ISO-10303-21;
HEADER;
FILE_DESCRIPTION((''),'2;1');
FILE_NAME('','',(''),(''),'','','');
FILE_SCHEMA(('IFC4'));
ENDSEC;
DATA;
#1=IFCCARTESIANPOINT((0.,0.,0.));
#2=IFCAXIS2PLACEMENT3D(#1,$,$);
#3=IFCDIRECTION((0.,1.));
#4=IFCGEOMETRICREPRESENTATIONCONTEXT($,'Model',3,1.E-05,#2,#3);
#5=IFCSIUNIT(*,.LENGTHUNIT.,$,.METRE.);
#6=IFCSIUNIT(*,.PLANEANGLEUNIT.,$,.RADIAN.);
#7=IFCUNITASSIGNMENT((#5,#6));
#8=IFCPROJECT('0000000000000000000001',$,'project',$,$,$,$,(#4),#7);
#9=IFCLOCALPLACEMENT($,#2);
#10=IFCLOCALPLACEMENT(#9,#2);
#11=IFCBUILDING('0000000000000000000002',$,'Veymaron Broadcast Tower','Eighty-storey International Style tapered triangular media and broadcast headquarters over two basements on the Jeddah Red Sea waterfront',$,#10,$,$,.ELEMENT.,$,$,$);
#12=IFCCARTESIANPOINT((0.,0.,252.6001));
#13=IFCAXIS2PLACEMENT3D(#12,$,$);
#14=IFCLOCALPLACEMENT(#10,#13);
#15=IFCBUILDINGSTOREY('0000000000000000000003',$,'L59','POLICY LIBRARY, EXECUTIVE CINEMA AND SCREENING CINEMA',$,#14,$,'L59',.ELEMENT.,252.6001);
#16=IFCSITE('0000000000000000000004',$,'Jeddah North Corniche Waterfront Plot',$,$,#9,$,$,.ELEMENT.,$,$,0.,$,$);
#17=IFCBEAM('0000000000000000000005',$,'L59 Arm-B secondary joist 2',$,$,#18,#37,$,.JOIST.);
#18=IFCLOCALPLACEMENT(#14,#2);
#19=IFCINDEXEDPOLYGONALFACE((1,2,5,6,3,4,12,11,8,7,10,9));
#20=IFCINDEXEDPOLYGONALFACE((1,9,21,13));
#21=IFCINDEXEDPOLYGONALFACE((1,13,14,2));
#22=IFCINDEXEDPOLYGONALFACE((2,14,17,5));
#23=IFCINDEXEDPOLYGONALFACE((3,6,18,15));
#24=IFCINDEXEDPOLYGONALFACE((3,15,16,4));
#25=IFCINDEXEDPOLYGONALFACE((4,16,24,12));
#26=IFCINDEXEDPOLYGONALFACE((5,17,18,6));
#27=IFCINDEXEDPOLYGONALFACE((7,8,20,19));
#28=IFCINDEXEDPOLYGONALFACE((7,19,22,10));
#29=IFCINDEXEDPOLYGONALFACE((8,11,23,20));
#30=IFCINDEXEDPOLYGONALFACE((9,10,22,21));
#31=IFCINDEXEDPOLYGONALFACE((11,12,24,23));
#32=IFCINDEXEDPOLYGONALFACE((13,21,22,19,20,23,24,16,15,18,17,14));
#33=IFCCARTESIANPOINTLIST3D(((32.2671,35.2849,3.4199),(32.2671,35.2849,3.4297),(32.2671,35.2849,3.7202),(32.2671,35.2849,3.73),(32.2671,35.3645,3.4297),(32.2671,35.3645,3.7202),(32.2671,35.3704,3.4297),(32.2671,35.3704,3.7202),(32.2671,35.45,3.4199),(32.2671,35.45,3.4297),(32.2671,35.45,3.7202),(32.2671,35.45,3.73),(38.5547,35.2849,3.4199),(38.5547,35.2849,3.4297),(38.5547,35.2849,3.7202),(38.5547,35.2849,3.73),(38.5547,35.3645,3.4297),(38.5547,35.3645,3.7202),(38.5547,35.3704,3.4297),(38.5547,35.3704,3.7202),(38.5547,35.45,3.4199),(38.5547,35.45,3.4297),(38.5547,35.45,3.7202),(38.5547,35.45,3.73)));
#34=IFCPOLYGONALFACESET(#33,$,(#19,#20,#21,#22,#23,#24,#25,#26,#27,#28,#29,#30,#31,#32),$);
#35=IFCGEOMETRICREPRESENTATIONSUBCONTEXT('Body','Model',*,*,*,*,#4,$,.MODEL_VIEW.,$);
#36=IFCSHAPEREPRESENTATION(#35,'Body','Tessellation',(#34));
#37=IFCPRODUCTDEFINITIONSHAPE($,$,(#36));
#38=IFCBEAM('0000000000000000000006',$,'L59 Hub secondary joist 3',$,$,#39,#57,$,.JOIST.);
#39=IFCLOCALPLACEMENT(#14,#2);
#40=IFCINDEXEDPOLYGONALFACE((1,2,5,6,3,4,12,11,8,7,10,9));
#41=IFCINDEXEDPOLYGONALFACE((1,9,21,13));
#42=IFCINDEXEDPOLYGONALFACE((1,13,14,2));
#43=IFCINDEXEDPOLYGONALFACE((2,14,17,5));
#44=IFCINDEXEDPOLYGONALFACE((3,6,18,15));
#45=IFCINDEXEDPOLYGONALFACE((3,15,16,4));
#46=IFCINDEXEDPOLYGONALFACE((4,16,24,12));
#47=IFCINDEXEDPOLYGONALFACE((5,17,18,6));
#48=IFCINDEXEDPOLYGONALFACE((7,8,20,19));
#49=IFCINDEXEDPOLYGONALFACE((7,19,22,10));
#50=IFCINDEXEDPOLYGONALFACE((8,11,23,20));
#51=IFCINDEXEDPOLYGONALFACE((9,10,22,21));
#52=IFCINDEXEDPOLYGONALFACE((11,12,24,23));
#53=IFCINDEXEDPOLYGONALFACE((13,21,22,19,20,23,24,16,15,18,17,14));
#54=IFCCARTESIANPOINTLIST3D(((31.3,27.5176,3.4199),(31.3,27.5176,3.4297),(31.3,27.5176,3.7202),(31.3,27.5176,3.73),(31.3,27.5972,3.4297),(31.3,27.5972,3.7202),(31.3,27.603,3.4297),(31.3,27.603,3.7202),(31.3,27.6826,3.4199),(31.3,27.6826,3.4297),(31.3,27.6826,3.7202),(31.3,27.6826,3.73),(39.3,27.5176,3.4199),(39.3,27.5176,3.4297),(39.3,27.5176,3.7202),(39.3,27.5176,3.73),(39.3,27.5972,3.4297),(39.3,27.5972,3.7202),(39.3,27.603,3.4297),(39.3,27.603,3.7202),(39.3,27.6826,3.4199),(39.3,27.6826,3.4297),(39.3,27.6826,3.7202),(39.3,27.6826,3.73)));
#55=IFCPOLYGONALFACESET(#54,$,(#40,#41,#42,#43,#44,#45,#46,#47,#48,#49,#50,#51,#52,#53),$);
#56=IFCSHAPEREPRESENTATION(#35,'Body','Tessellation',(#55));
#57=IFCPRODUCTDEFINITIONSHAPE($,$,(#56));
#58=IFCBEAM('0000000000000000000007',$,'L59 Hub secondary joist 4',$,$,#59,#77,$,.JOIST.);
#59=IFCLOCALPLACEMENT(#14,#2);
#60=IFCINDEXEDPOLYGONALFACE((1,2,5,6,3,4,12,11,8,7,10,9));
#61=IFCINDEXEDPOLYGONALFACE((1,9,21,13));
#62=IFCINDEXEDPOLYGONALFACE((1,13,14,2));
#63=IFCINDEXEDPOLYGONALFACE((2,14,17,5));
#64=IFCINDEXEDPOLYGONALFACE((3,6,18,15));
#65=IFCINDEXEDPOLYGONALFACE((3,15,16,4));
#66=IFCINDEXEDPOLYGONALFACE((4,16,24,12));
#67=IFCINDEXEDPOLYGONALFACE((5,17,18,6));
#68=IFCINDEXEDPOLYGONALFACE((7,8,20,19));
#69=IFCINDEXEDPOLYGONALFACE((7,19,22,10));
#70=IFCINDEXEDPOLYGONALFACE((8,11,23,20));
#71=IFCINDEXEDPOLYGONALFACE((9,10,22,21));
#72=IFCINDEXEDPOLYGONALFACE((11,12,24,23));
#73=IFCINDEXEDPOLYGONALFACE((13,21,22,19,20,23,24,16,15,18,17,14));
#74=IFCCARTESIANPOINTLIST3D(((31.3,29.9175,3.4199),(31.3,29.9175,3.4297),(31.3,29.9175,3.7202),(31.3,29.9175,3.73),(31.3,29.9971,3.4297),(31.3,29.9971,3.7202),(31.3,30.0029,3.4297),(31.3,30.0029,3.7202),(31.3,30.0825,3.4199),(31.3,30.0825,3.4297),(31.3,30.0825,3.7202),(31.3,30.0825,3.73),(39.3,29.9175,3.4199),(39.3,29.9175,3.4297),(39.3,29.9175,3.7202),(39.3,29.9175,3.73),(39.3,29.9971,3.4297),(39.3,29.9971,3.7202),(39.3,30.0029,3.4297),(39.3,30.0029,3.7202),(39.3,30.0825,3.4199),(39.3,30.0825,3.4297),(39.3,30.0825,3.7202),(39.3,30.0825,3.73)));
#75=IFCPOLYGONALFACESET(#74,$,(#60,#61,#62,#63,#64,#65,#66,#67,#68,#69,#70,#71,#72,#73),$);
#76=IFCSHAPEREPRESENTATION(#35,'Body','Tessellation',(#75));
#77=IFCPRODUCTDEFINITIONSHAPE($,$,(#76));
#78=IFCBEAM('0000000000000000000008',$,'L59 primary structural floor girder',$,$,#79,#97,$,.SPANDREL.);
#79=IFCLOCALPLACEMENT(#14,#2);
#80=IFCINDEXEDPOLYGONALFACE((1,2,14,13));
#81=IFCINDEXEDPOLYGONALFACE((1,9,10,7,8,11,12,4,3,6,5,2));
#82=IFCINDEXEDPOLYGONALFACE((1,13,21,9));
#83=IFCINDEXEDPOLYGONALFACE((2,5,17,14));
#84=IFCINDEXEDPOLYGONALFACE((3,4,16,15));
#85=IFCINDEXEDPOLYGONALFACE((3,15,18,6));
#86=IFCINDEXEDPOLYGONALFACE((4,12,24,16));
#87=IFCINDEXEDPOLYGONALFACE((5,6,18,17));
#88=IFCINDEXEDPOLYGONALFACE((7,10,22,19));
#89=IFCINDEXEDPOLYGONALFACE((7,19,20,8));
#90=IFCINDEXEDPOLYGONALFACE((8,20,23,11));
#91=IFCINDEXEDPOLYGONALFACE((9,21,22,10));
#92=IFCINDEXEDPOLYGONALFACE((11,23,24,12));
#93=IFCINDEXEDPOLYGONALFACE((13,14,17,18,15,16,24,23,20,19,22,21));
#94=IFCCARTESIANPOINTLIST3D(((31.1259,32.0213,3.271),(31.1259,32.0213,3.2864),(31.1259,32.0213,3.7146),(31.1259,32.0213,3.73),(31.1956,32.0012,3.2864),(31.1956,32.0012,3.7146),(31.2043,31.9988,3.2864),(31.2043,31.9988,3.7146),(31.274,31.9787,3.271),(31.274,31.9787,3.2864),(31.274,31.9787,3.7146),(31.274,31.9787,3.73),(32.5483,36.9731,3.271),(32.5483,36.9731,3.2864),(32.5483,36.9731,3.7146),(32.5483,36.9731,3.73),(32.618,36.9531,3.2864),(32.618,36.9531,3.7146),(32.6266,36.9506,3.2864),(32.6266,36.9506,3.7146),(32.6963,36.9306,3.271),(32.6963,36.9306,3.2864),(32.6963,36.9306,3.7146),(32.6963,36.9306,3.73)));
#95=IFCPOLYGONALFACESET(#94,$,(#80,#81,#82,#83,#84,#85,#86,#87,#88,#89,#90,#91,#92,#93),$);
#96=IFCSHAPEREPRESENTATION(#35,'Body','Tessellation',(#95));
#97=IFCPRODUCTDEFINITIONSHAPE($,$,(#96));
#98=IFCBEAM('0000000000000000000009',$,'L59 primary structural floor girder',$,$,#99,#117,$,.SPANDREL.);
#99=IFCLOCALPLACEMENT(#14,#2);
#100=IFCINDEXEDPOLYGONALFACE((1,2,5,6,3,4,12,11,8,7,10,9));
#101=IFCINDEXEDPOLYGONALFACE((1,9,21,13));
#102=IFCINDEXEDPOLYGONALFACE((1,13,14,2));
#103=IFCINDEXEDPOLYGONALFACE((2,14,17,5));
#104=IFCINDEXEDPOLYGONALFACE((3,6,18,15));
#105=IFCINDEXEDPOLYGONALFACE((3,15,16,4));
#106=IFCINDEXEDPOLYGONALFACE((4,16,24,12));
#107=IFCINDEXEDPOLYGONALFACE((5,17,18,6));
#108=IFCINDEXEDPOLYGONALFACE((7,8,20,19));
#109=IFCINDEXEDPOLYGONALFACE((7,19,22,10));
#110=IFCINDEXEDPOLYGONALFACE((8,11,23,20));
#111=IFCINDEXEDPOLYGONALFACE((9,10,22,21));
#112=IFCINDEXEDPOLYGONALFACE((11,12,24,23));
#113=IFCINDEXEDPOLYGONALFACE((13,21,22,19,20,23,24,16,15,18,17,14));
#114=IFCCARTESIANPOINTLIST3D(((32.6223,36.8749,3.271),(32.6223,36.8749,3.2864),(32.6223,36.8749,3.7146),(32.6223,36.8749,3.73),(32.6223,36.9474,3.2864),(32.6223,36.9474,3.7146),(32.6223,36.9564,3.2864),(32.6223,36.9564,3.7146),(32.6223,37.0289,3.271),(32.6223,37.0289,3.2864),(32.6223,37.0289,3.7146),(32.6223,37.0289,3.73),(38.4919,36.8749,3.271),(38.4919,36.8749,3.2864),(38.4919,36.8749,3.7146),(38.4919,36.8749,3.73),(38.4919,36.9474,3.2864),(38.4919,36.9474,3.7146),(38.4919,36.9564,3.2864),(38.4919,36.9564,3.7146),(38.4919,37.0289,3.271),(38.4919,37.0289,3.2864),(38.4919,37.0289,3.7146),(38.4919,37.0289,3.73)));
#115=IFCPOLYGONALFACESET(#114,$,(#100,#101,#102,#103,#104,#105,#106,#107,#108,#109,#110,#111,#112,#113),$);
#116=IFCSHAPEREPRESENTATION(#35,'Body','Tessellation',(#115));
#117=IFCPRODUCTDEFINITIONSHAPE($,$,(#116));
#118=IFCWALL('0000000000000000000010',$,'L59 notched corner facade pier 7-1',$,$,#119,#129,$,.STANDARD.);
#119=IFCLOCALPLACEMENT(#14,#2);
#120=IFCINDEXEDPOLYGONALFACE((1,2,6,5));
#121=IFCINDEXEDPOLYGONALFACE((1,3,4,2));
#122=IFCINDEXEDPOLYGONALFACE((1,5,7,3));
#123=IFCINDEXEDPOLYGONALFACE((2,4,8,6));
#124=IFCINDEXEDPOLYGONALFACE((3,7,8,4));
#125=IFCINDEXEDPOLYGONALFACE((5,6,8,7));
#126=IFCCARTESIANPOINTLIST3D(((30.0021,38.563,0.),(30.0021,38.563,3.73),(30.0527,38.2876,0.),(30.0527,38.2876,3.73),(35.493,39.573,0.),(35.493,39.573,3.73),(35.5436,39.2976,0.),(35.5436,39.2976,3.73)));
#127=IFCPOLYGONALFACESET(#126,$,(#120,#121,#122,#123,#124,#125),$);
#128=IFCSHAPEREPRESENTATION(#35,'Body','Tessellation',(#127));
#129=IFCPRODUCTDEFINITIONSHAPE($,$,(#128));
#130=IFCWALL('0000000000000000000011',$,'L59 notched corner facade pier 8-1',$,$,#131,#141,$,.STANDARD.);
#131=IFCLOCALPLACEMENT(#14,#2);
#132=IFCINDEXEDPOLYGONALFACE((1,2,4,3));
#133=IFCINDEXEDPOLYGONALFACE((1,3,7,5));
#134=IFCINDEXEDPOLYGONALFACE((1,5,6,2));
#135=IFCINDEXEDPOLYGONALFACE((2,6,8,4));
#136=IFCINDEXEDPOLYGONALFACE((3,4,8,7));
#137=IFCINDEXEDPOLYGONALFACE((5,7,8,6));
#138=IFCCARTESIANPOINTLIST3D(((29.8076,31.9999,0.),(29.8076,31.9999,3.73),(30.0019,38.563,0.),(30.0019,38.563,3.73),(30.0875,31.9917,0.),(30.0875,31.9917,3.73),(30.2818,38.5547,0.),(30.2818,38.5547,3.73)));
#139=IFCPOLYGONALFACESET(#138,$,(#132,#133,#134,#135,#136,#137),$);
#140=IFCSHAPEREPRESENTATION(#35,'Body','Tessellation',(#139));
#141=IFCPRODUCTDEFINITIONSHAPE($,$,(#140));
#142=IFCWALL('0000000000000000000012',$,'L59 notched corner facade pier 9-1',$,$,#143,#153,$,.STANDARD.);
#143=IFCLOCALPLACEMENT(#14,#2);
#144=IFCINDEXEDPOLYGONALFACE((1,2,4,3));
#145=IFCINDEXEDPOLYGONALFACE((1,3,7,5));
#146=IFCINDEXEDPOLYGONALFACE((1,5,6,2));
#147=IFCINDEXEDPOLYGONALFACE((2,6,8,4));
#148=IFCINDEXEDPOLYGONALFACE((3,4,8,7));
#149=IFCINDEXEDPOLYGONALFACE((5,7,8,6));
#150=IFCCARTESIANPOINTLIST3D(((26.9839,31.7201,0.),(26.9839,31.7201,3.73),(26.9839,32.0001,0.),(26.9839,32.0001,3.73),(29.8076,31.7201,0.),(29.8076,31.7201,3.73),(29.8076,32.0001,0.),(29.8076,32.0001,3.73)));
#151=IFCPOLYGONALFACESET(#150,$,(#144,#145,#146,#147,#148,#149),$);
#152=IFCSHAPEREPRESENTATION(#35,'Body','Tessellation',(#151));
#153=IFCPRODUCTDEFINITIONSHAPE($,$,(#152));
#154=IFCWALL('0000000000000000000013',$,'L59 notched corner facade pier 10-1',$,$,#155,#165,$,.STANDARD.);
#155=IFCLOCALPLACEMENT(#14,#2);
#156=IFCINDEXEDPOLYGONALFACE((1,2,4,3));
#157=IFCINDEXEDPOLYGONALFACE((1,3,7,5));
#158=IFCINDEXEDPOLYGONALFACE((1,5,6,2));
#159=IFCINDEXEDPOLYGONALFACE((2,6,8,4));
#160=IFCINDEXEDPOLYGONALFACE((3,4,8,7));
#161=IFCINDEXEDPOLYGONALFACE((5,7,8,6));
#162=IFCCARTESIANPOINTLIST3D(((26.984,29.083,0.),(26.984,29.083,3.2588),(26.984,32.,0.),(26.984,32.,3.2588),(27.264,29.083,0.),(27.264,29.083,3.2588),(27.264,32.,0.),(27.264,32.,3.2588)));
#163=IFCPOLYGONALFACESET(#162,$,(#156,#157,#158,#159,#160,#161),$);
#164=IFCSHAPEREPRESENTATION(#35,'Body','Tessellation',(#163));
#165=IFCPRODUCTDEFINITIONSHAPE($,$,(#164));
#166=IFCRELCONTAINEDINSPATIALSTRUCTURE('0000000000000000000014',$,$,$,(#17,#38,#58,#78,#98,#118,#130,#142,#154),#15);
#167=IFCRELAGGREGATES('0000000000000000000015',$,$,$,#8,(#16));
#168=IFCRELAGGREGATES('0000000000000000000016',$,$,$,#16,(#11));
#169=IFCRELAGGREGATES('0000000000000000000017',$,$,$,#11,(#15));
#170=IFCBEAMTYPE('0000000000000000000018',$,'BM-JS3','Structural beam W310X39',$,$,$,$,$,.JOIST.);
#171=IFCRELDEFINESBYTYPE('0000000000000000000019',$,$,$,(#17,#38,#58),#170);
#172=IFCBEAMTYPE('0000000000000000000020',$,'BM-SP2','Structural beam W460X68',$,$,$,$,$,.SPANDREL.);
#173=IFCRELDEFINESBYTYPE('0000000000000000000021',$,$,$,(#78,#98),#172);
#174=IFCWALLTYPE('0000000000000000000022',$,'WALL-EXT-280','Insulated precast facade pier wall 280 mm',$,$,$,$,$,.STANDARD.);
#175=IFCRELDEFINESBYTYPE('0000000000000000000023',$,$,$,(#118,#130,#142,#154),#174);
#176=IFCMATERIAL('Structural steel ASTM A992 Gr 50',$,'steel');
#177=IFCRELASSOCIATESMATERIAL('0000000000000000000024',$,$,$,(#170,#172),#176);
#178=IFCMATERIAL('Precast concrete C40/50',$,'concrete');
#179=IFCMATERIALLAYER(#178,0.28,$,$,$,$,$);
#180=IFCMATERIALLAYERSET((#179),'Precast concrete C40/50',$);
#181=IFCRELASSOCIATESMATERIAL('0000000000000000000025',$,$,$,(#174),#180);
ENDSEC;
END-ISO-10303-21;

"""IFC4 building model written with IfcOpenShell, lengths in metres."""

from ifc_helpers import new_model, si_unit, direction, frame, frame_2d, origin, origin_2d, place, context, subcontext, project, spatial, rectangle, i_section, extrude, material, layer, layer_set, material_profile, profile_set, type_object, element, save


model = new_model("IFC4")

# Units and contexts
model_context = context("Model", 3, precision=1e-05, world=origin(), true_north=direction((0.0, 1.0)))
body_context = subcontext(model_context, "Body", "Model", "MODEL_VIEW")
ifc_project = project(units=[si_unit("LENGTHUNIT", "METRE"), si_unit("PLANEANGLEUNIT", "RADIAN")], contexts=[model_context])

# Site, building, storey
site_placement = place(None, origin())
site = spatial("IfcSite", under=ifc_project, at=site_placement, Name="Jeddah North Corniche Waterfront Plot", CompositionType="ELEMENT", RefElevation=0.0)
building_placement = place(site_placement, origin())
building = spatial("IfcBuilding", under=site, at=building_placement, Name="Veymaron Broadcast Tower", Description="Eighty-storey International Style tapered triangular media and broadcast headquarters over two basements on the Jeddah Red Sea waterfront", CompositionType="ELEMENT")
storey_placement = place(building_placement, frame((0.0, 0.0, 252.6001)))
storey = spatial("IfcBuildingStorey", under=building, at=storey_placement, Name="L59", Description="POLICY LIBRARY, EXECUTIVE CINEMA AND SCREENING CINEMA", LongName="L59", CompositionType="ELEMENT", Elevation=252.6001)

# Shared definitions
ifc_material_1 = material(Name="Structural steel ASTM A992 Gr 50", Category="steel")

# Beams
ifc_material_profile_1 = material_profile(ifc_material_1, i_section(OverallWidth=0.165, OverallDepth=0.3101, WebThickness=0.0059, FlangeThickness=0.0098, at=origin_2d()), Name="W310X39")
ifc_profile_set_1 = profile_set([ifc_material_profile_1], Name="Structural steel ASTM A992 Gr 50")
beam_type_1 = type_object("IfcBeamType", Name="BM-JS3", Description="Structural beam W310X39", PredefinedType="JOIST", material=ifc_profile_set_1)
beam_1_placement = place(storey_placement, frame((32.2671, 35.3674, 3.575), z_axis=(1.0, 0.0, 0.0), x_axis=(0.0, 1.0, 0.0)))
element("IfcBeam", 1, at=beam_1_placement, inside=storey, type_object=beam_type_1, Name="L59 Arm-B secondary joist 2", PredefinedType="JOIST", context=body_context, shape_type="SweptSolid", body=[
    extrude(i_section(OverallWidth=0.165, OverallDepth=0.3101, WebThickness=0.0059, FlangeThickness=0.0098, at=origin_2d()), origin(), (0.0, 0.0, 1.0), 6.2876),
])
for number, where, z_axis, x_axis, name in (
    (2, (31.3, 27.6001, 3.575), (1.0, 0.0, 0.0), (0.0, 1.0, 0.0), "L59 Hub secondary joist 3"),
    (3, (31.3, 30.0, 3.575), (1.0, 0.0, 0.0), (0.0, 1.0, 0.0), "L59 Hub secondary joist 4"),
):
    element("IfcBeam", number, at=place(storey_placement, frame(where, z_axis=z_axis, x_axis=x_axis)), inside=storey, type_object=beam_type_1, Name=name, PredefinedType="JOIST", context=body_context, shape_type="SweptSolid", body=[
        extrude(i_section(OverallWidth=0.165, OverallDepth=0.3101, WebThickness=0.0059, FlangeThickness=0.0098, at=origin_2d()), origin(), (0.0, 0.0, 1.0), 8.0),
    ])
ifc_material_profile_2 = material_profile(ifc_material_1, i_section(OverallWidth=0.1541, OverallDepth=0.459, WebThickness=0.009, FlangeThickness=0.0154, at=origin_2d()), Name="W460X68")
ifc_profile_set_2 = profile_set([ifc_material_profile_2], Name="Structural steel ASTM A992 Gr 50")
beam_type_2 = type_object("IfcBeamType", Name="BM-SP2", Description="Structural beam W460X68", PredefinedType="SPANDREL", material=ifc_profile_set_2)
beam_2_placement = place(storey_placement, frame((31.2, 32.0, 3.5005), z_axis=(0.276073, 0.961137, 0.0), x_axis=(-0.961137, 0.276073, 0.0)))
element("IfcBeam", 4, at=beam_2_placement, inside=storey, type_object=beam_type_2, Name="L59 primary structural floor girder", PredefinedType="SPANDREL", context=body_context, shape_type="SweptSolid", body=[
    extrude(i_section(OverallWidth=0.1541, OverallDepth=0.459, WebThickness=0.009, FlangeThickness=0.0154, at=origin_2d()), origin(), (0.0, 0.0, 1.0), 5.1521),
])
beam_3_placement = place(storey_placement, frame((32.6223, 36.9519, 3.5005), z_axis=(1.0, 0.0, 0.0), x_axis=(0.0, 1.0, 0.0)))
element("IfcBeam", 5, at=beam_3_placement, inside=storey, type_object=beam_type_2, Name="L59 primary structural floor girder", PredefinedType="SPANDREL", context=body_context, shape_type="SweptSolid", body=[
    extrude(i_section(OverallWidth=0.1541, OverallDepth=0.459, WebThickness=0.009, FlangeThickness=0.0154, at=origin_2d()), origin(), (0.0, 0.0, 1.0), 5.8696),
])

# Walls
ifc_material_2 = material(Name="Precast concrete C40/50", Category="concrete")
ifc_layer_1 = layer(ifc_material_2, 0.28)
ifc_layer_set_1 = layer_set([ifc_layer_1], Name="Precast concrete C40/50")
wall_type_1 = type_object("IfcWallType", Name="WALL-EXT-280", Description="Insulated precast facade pier wall 280 mm", PredefinedType="STANDARD", material=ifc_layer_set_1)
wall_1_placement = place(storey_placement, frame((35.5183, 39.4353, 0.0), z_axis=(0.0, 0.0, 1.0), x_axis=(-0.983501, -0.180905, 0.0)))
element("IfcWall", 6, at=wall_1_placement, inside=storey, type_object=wall_type_1, Name="L59 notched corner facade pier 7-1", PredefinedType="STANDARD", context=body_context, shape_type="SweptSolid", body=[
    extrude(rectangle(XDim=5.583, YDim=0.28, at=frame_2d((2.7915, 0.0))), origin(), (0.0, 0.0, 1.0), 3.73),
])
wall_2_placement = place(storey_placement, frame((30.1418, 38.5588, 0.0), z_axis=(0.0, 0.0, 1.0), x_axis=(-0.029598, -0.999562, 0.0)))
element("IfcWall", 7, at=wall_2_placement, inside=storey, type_object=wall_type_1, Name="L59 notched corner facade pier 8-1", PredefinedType="STANDARD", context=body_context, shape_type="SweptSolid", body=[
    extrude(rectangle(XDim=6.5659, YDim=0.28, at=frame_2d((3.283, 0.0))), origin(), (0.0, 0.0, 1.0), 3.73),
])
wall_3_placement = place(storey_placement, frame((29.8076, 31.8601, 0.0), z_axis=(0.0, 0.0, 1.0), x_axis=(-1.0, 0.0, 0.0)))
element("IfcWall", 8, at=wall_3_placement, inside=storey, type_object=wall_type_1, Name="L59 notched corner facade pier 9-1", PredefinedType="STANDARD", context=body_context, shape_type="SweptSolid", body=[
    extrude(rectangle(XDim=2.8237, YDim=0.28, at=frame_2d((1.4119, 0.0))), origin(), (0.0, 0.0, 1.0), 3.73),
])
wall_4_placement = place(storey_placement, frame((27.124, 32.0, 0.0), z_axis=(0.0, 0.0, 1.0), x_axis=(0.0, -1.0, 0.0)))
element("IfcWall", 9, at=wall_4_placement, inside=storey, type_object=wall_type_1, Name="L59 notched corner facade pier 10-1", PredefinedType="STANDARD", context=body_context, shape_type="SweptSolid", body=[
    extrude(rectangle(XDim=2.917, YDim=0.28, at=frame_2d((1.4585, 0.0))), origin(), (0.0, 0.0, 1.0), 3.2588),
])

save(model, "model.ifc")
